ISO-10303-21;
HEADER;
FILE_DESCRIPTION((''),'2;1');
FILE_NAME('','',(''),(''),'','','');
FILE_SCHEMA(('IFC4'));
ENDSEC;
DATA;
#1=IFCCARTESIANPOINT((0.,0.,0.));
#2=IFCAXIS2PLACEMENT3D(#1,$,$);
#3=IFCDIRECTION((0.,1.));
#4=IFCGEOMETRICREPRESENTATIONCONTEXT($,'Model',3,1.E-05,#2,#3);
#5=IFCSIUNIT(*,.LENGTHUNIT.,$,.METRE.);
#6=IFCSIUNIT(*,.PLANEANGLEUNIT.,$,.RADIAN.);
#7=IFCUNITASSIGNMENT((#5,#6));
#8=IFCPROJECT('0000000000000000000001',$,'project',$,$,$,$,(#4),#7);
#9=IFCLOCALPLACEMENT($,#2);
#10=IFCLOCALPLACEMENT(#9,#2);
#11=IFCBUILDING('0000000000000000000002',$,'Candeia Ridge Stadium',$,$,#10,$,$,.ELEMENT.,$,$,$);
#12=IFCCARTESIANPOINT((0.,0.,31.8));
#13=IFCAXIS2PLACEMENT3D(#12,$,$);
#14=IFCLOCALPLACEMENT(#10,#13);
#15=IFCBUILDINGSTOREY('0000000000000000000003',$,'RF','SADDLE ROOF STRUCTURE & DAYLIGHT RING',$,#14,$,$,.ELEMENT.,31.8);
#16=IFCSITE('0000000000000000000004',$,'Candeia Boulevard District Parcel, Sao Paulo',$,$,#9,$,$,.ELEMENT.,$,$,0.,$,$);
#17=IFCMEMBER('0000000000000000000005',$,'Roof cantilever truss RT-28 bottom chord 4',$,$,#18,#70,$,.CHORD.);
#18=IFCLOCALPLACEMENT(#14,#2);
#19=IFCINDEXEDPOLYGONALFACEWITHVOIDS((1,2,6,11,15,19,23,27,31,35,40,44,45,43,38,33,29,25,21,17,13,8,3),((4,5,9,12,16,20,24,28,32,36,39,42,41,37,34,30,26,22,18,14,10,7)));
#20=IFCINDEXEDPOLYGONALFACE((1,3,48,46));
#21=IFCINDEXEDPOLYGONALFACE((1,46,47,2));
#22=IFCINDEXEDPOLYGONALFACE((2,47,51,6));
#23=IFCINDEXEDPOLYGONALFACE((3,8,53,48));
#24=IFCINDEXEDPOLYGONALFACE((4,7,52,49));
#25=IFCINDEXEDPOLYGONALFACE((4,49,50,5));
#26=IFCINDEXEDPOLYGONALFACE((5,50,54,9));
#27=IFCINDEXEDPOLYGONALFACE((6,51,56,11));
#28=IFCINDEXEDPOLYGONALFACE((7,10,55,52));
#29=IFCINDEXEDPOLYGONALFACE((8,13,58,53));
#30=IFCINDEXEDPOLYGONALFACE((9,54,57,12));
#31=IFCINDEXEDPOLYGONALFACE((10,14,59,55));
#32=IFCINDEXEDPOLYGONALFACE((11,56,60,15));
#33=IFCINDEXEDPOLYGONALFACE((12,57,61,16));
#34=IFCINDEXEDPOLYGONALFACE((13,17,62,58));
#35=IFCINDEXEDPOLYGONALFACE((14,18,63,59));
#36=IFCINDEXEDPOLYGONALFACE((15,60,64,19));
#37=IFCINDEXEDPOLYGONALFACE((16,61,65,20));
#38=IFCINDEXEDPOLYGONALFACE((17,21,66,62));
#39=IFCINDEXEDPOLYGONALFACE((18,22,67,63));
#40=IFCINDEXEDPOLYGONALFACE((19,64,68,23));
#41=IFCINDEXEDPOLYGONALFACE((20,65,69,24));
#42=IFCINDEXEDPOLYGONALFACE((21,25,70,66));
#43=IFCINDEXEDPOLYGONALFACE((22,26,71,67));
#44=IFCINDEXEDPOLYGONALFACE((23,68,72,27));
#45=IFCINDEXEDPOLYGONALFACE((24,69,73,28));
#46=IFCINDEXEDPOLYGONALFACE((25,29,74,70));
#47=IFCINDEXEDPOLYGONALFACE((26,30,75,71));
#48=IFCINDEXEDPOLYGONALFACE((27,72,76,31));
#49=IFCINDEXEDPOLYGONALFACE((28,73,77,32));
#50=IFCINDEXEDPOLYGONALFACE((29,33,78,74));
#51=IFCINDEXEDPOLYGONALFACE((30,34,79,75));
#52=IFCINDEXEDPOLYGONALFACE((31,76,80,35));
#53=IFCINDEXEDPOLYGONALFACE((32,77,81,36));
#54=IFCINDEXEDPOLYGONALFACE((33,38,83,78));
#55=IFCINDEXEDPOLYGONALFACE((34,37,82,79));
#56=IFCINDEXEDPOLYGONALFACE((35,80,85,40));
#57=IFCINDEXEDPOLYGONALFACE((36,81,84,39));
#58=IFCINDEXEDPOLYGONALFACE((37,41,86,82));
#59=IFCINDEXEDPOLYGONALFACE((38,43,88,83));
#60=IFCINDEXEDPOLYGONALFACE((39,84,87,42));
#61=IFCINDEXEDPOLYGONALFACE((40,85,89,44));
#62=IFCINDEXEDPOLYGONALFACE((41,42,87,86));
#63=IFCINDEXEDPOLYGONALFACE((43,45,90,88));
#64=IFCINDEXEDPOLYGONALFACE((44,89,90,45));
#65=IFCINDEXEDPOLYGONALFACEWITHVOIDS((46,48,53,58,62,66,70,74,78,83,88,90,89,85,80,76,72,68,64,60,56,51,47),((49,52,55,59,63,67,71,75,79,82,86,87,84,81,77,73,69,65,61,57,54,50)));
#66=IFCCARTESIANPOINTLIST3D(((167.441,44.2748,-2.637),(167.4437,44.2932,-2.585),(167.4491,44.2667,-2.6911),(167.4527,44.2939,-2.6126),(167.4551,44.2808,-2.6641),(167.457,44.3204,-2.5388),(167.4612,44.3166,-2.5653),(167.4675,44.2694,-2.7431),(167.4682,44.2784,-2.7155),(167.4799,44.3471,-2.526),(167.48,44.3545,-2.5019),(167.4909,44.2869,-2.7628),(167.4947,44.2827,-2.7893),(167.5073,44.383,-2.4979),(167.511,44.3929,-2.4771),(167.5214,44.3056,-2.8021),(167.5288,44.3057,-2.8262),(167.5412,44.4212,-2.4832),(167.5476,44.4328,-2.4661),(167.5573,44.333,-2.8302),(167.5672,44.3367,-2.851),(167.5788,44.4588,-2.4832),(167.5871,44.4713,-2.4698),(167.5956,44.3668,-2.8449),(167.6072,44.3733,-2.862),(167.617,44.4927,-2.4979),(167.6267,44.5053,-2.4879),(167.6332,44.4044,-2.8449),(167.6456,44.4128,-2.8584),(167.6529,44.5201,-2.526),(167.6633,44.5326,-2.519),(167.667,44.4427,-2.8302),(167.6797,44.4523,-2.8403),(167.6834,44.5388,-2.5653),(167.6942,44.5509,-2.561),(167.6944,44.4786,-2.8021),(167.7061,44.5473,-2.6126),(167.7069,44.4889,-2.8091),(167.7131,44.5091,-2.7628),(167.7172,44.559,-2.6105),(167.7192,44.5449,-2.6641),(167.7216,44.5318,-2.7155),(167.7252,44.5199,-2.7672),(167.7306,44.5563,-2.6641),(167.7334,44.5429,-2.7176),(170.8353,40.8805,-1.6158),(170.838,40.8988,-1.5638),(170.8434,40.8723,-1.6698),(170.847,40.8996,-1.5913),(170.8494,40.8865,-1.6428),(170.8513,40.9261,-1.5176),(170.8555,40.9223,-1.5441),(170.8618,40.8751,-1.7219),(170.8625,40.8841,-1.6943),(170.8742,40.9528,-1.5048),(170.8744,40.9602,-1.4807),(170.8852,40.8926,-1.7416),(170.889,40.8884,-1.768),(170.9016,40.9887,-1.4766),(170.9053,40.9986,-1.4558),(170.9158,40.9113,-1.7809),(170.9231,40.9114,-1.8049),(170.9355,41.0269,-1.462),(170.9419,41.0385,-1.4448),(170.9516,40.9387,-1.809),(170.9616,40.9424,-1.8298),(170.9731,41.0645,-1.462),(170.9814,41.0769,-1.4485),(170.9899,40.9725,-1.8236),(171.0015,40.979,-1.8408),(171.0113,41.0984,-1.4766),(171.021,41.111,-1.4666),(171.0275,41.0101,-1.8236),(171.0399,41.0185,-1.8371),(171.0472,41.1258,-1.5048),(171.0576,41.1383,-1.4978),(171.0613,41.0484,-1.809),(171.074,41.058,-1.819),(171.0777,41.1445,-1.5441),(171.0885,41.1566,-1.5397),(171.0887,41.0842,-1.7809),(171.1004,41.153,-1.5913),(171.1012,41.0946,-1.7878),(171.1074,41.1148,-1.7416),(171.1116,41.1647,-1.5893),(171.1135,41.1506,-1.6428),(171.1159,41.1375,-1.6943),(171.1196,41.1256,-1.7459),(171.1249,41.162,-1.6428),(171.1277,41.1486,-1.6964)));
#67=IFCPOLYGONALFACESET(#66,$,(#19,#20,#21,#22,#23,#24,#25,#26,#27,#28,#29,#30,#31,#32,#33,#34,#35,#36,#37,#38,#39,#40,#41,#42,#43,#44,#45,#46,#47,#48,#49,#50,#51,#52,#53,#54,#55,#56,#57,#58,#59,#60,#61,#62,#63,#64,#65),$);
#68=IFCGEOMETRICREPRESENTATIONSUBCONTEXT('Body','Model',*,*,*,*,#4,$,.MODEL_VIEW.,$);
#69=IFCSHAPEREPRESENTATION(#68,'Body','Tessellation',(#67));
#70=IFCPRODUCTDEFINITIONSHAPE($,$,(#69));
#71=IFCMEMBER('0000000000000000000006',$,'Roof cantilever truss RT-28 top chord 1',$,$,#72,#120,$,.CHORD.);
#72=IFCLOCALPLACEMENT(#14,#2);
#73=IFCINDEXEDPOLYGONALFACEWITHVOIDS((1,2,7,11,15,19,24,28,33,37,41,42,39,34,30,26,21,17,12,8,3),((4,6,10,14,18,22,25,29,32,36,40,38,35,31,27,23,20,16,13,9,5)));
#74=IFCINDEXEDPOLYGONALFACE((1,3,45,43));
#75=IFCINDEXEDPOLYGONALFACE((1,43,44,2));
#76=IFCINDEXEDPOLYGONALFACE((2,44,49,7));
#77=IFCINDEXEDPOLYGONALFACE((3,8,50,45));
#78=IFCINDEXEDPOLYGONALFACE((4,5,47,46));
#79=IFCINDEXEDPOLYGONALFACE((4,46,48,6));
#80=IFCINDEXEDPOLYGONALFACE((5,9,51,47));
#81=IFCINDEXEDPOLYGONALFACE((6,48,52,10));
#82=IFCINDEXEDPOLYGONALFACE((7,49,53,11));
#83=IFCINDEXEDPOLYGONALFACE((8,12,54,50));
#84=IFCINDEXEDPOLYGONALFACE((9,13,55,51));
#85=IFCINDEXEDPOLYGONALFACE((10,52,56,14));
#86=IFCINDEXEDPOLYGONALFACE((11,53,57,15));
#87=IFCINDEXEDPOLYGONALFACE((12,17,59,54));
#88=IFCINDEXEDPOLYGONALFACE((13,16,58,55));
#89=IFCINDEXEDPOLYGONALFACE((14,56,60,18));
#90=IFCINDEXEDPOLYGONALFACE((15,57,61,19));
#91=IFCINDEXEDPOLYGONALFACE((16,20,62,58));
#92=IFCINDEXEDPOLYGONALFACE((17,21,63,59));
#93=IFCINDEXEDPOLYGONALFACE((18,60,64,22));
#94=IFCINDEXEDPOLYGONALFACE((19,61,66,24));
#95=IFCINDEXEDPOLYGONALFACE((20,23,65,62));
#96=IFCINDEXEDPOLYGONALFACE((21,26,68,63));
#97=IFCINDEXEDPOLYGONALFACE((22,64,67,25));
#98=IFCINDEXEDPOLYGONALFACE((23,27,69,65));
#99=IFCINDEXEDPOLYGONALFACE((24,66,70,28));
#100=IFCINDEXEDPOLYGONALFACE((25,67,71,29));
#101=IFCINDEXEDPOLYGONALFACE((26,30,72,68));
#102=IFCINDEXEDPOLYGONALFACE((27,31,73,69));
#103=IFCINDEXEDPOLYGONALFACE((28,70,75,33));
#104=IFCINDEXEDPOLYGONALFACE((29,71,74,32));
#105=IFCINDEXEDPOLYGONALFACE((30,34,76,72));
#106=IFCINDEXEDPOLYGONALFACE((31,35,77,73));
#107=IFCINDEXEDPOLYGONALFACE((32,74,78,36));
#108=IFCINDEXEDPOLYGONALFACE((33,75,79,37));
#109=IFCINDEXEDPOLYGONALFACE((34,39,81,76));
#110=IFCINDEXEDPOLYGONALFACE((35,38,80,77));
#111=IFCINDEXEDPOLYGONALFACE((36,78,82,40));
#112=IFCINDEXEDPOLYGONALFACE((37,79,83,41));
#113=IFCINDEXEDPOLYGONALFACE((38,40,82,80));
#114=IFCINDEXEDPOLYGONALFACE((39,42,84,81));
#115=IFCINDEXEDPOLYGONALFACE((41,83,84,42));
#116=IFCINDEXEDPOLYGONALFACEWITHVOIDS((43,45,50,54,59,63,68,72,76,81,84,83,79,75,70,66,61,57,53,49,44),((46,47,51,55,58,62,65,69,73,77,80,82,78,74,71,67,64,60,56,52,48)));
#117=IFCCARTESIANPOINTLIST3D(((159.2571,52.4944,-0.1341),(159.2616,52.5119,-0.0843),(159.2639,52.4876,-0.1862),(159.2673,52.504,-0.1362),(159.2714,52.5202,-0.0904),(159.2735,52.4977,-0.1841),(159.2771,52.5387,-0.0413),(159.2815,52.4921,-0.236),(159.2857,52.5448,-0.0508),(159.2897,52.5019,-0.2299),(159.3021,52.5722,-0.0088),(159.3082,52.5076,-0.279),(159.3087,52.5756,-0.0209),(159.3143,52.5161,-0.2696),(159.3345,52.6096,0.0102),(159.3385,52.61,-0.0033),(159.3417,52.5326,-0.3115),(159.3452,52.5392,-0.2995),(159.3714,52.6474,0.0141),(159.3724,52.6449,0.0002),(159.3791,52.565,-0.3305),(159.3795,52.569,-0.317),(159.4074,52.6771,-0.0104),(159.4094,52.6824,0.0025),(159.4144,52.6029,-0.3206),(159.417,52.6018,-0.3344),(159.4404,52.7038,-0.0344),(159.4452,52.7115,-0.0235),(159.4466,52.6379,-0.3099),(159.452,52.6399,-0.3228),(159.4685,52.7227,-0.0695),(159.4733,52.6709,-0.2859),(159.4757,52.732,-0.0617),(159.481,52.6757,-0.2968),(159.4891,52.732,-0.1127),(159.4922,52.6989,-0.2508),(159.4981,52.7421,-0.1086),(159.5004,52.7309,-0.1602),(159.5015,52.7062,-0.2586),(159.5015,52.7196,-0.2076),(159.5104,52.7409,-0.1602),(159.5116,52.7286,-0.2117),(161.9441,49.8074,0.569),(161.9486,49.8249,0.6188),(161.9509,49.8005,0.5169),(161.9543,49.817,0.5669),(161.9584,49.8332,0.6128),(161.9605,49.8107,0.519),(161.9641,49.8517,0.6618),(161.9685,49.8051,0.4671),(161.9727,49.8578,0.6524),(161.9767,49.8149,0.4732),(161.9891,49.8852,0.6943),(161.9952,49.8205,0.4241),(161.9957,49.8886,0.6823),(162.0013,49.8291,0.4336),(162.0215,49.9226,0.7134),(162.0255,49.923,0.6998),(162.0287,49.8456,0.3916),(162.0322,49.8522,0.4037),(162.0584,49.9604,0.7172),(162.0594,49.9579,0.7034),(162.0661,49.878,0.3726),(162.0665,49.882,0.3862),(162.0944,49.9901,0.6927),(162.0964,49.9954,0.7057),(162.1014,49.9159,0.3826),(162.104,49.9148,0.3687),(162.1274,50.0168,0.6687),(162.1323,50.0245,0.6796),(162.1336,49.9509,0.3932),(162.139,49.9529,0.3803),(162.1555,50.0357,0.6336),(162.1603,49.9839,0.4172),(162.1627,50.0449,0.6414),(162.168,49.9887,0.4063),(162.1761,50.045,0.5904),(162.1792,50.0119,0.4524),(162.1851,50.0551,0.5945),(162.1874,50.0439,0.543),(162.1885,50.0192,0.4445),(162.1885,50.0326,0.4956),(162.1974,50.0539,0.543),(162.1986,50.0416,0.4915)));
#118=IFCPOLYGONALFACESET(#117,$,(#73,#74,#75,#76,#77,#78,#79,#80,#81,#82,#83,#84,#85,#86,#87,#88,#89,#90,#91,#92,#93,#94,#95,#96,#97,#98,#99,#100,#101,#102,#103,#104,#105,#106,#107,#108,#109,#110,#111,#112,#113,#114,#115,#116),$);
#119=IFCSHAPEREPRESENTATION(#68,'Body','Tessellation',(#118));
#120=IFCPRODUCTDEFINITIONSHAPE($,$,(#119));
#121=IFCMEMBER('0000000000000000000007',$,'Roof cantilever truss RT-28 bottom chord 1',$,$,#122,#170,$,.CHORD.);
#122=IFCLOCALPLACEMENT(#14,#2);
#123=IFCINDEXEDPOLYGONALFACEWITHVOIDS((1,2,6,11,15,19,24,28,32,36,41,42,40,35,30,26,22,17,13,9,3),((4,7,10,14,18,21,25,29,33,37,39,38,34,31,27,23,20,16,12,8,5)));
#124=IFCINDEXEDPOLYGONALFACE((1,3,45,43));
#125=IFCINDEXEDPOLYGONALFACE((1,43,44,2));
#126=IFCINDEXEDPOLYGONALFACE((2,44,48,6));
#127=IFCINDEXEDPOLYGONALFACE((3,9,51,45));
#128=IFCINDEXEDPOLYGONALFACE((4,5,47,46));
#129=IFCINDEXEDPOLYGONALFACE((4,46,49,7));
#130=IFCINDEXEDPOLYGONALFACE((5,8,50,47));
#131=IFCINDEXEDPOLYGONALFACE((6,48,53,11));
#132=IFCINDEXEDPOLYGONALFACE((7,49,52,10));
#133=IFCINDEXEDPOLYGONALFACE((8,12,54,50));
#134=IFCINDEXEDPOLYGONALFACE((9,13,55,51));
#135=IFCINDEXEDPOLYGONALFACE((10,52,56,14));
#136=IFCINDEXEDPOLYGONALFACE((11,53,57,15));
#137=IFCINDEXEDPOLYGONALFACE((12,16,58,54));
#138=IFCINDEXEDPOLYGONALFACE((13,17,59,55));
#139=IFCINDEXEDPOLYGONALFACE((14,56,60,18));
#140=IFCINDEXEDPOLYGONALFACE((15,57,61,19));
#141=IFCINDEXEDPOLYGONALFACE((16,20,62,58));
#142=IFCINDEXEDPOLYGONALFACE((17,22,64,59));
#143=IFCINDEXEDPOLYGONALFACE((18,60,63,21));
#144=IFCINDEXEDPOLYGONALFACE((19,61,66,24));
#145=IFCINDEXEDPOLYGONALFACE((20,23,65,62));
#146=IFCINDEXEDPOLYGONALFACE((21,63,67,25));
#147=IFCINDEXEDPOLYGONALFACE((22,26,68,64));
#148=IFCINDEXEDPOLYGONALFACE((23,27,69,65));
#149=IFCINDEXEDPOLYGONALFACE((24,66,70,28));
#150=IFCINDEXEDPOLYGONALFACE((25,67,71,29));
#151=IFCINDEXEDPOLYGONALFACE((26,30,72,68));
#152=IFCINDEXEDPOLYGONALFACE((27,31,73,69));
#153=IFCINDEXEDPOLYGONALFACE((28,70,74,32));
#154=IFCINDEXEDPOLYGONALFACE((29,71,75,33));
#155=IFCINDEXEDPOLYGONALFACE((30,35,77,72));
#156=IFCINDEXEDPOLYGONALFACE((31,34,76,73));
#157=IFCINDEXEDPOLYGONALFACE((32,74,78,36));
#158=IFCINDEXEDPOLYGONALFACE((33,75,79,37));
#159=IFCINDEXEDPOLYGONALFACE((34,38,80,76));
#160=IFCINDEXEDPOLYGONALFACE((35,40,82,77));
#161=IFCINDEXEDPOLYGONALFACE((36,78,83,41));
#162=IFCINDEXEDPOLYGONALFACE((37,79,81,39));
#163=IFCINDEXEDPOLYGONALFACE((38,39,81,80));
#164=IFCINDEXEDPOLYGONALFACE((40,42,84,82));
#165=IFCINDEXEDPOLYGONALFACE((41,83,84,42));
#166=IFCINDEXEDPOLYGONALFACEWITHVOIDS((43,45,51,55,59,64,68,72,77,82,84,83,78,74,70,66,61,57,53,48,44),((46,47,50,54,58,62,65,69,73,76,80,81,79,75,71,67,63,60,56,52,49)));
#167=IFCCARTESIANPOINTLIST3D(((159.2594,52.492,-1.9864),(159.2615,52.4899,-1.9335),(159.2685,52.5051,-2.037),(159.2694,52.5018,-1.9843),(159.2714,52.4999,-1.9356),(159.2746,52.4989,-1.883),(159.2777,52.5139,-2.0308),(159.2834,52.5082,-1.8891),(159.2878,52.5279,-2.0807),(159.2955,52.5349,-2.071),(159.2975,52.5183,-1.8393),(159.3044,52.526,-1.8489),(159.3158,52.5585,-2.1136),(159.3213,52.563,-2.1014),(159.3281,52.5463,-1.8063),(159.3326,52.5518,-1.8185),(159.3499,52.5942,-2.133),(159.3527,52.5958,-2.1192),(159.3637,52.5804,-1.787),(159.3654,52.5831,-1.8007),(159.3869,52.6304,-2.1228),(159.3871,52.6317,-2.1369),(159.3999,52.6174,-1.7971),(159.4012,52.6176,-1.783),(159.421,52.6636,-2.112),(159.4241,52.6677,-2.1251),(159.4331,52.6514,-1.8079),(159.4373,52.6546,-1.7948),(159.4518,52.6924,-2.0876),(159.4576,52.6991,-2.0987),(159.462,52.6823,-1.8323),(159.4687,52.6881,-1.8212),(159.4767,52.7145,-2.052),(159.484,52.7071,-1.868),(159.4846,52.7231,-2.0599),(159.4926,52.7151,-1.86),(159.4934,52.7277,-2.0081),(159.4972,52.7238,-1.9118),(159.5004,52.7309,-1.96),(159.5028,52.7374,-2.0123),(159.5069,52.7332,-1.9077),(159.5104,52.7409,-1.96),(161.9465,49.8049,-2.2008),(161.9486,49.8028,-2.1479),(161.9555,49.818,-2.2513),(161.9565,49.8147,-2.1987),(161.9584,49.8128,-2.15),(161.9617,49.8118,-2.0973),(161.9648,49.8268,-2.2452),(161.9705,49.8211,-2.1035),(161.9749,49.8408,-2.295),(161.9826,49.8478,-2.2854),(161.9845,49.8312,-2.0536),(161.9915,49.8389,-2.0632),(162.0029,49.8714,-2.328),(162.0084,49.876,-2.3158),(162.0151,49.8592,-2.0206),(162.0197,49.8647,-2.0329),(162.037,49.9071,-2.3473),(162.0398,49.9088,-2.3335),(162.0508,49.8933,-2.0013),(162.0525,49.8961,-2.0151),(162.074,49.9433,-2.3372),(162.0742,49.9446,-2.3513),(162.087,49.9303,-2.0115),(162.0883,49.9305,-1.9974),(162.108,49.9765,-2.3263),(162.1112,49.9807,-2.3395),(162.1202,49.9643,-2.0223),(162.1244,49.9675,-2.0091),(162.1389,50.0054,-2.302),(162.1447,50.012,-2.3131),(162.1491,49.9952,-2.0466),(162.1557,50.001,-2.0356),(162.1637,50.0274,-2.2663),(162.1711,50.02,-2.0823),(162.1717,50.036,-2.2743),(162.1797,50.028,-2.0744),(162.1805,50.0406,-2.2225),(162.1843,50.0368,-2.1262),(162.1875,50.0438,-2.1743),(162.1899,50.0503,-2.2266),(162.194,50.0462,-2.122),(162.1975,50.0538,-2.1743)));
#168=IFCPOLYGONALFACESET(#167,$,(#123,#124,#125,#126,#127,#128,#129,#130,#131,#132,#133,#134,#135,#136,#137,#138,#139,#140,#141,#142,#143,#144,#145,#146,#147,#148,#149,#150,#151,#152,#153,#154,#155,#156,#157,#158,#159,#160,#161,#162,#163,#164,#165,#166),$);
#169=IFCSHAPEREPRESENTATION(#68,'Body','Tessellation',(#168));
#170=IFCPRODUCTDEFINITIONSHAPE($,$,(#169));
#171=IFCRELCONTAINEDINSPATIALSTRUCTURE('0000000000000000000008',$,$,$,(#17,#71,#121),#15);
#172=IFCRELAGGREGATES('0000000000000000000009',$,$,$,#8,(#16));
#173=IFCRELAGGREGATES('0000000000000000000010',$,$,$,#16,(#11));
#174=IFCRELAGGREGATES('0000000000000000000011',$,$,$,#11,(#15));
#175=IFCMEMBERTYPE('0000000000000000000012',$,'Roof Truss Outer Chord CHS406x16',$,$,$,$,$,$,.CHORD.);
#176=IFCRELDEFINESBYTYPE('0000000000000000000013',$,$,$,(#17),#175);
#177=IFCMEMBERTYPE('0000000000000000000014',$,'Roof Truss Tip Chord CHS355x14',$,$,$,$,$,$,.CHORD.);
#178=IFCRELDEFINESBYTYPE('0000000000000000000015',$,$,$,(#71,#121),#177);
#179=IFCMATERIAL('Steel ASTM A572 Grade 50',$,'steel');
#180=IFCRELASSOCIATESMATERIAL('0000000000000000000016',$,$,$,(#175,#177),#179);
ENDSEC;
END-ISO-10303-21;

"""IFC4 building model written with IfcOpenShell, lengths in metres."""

from ifc_helpers import new_model, si_unit, direction, frame, origin, origin_2d, place, context, subcontext, project, spatial, hollow_circle, extrude, material, material_profile, profile_set, type_object, element, save


model = new_model("IFC4")

# Units and contexts
model_context = context("Model", 3, precision=1e-05, world=origin(), true_north=direction((0.0, 1.0)))
body_context = subcontext(model_context, "Body", "Model", "MODEL_VIEW")
ifc_project = project(units=[si_unit("LENGTHUNIT", "METRE"), si_unit("PLANEANGLEUNIT", "RADIAN")], contexts=[model_context])

# Site, building, storey
site_placement = place(None, origin())
site = spatial("IfcSite", under=ifc_project, at=site_placement, Name="Candeia Boulevard District Parcel, Sao Paulo", CompositionType="ELEMENT", RefElevation=0.0)
building_placement = place(site_placement, origin())
building = spatial("IfcBuilding", under=site, at=building_placement, Name="Candeia Ridge Stadium", CompositionType="ELEMENT")
storey_placement = place(building_placement, frame((0.0, 0.0, 31.8)))
storey = spatial("IfcBuildingStorey", under=building, at=storey_placement, Name="RF", Description="SADDLE ROOF STRUCTURE & DAYLIGHT RING", CompositionType="ELEMENT", Elevation=31.8)

# Shared definitions
ifc_material_1 = material(Name="Steel ASTM A572 Grade 50", Category="steel")

# Members
ifc_material_profile_1 = material_profile(ifc_material_1, hollow_circle(Radius=0.2029, WallThickness=0.0161, at=origin_2d()), Name="CHS406x16", Category="steel")
ifc_profile_set_1 = profile_set([ifc_material_profile_1], Name="Steel ASTM A572 Grade 50")
member_type_1 = type_object("IfcMemberType", Name="Roof Truss Outer Chord CHS406x16", PredefinedType="CHORD", material=ifc_profile_set_1)
member_1_placement = place(storey_placement, frame((167.5872, 44.4128, -2.6641), z_axis=(0.691628, -0.691628, 0.20809), x_axis=(0.707107, 0.707107, 0.0)))
element("IfcMember", 1, at=member_1_placement, inside=storey, type_object=member_type_1, Name="Roof cantilever truss RT-28 bottom chord 4", PredefinedType="CHORD", context=body_context, shape_type="SweptSolid", body=[
    extrude(hollow_circle(Radius=0.2029, WallThickness=0.0161, at=origin_2d()), origin(), (0.0, 0.0, 1.0), 4.9077),
])
ifc_material_profile_2 = material_profile(ifc_material_1, hollow_circle(Radius=0.1777, WallThickness=0.0142, at=origin_2d()), Name="CHS355x14", Category="steel")
ifc_profile_set_2 = profile_set([ifc_material_profile_2], Name="Steel ASTM A572 Grade 50")
member_type_2 = type_object("IfcMemberType", Name="Roof Truss Tip Chord CHS355x14", PredefinedType="CHORD", material=ifc_profile_set_2)
member_2_placement = place(storey_placement, frame((159.3848, 52.6152, -0.1602), z_axis=(0.695304, -0.695304, 0.181944), x_axis=(0.707107, 0.707107, 0.0)))
element("IfcMember", 2, at=member_2_placement, inside=storey, type_object=member_type_2, Name="Roof cantilever truss RT-28 top chord 1", PredefinedType="CHORD", context=body_context, shape_type="SweptSolid", body=[
    extrude(hollow_circle(Radius=0.1777, WallThickness=0.0142, at=origin_2d()), origin(), (0.0, 0.0, 1.0), 3.8645),
])
member_3_placement = place(storey_placement, frame((159.3848, 52.6152, -1.96), z_axis=(0.705984, -0.705984, -0.05632), x_axis=(0.707107, 0.707107, 0.0)))
element("IfcMember", 3, at=member_3_placement, inside=storey, type_object=member_type_2, Name="Roof cantilever truss RT-28 bottom chord 1", PredefinedType="CHORD", context=body_context, shape_type="SweptSolid", body=[
    extrude(hollow_circle(Radius=0.1777, WallThickness=0.0142, at=origin_2d()), origin(), (0.0, 0.0, 1.0), 3.8062),
])

save(model, "model.ifc")
